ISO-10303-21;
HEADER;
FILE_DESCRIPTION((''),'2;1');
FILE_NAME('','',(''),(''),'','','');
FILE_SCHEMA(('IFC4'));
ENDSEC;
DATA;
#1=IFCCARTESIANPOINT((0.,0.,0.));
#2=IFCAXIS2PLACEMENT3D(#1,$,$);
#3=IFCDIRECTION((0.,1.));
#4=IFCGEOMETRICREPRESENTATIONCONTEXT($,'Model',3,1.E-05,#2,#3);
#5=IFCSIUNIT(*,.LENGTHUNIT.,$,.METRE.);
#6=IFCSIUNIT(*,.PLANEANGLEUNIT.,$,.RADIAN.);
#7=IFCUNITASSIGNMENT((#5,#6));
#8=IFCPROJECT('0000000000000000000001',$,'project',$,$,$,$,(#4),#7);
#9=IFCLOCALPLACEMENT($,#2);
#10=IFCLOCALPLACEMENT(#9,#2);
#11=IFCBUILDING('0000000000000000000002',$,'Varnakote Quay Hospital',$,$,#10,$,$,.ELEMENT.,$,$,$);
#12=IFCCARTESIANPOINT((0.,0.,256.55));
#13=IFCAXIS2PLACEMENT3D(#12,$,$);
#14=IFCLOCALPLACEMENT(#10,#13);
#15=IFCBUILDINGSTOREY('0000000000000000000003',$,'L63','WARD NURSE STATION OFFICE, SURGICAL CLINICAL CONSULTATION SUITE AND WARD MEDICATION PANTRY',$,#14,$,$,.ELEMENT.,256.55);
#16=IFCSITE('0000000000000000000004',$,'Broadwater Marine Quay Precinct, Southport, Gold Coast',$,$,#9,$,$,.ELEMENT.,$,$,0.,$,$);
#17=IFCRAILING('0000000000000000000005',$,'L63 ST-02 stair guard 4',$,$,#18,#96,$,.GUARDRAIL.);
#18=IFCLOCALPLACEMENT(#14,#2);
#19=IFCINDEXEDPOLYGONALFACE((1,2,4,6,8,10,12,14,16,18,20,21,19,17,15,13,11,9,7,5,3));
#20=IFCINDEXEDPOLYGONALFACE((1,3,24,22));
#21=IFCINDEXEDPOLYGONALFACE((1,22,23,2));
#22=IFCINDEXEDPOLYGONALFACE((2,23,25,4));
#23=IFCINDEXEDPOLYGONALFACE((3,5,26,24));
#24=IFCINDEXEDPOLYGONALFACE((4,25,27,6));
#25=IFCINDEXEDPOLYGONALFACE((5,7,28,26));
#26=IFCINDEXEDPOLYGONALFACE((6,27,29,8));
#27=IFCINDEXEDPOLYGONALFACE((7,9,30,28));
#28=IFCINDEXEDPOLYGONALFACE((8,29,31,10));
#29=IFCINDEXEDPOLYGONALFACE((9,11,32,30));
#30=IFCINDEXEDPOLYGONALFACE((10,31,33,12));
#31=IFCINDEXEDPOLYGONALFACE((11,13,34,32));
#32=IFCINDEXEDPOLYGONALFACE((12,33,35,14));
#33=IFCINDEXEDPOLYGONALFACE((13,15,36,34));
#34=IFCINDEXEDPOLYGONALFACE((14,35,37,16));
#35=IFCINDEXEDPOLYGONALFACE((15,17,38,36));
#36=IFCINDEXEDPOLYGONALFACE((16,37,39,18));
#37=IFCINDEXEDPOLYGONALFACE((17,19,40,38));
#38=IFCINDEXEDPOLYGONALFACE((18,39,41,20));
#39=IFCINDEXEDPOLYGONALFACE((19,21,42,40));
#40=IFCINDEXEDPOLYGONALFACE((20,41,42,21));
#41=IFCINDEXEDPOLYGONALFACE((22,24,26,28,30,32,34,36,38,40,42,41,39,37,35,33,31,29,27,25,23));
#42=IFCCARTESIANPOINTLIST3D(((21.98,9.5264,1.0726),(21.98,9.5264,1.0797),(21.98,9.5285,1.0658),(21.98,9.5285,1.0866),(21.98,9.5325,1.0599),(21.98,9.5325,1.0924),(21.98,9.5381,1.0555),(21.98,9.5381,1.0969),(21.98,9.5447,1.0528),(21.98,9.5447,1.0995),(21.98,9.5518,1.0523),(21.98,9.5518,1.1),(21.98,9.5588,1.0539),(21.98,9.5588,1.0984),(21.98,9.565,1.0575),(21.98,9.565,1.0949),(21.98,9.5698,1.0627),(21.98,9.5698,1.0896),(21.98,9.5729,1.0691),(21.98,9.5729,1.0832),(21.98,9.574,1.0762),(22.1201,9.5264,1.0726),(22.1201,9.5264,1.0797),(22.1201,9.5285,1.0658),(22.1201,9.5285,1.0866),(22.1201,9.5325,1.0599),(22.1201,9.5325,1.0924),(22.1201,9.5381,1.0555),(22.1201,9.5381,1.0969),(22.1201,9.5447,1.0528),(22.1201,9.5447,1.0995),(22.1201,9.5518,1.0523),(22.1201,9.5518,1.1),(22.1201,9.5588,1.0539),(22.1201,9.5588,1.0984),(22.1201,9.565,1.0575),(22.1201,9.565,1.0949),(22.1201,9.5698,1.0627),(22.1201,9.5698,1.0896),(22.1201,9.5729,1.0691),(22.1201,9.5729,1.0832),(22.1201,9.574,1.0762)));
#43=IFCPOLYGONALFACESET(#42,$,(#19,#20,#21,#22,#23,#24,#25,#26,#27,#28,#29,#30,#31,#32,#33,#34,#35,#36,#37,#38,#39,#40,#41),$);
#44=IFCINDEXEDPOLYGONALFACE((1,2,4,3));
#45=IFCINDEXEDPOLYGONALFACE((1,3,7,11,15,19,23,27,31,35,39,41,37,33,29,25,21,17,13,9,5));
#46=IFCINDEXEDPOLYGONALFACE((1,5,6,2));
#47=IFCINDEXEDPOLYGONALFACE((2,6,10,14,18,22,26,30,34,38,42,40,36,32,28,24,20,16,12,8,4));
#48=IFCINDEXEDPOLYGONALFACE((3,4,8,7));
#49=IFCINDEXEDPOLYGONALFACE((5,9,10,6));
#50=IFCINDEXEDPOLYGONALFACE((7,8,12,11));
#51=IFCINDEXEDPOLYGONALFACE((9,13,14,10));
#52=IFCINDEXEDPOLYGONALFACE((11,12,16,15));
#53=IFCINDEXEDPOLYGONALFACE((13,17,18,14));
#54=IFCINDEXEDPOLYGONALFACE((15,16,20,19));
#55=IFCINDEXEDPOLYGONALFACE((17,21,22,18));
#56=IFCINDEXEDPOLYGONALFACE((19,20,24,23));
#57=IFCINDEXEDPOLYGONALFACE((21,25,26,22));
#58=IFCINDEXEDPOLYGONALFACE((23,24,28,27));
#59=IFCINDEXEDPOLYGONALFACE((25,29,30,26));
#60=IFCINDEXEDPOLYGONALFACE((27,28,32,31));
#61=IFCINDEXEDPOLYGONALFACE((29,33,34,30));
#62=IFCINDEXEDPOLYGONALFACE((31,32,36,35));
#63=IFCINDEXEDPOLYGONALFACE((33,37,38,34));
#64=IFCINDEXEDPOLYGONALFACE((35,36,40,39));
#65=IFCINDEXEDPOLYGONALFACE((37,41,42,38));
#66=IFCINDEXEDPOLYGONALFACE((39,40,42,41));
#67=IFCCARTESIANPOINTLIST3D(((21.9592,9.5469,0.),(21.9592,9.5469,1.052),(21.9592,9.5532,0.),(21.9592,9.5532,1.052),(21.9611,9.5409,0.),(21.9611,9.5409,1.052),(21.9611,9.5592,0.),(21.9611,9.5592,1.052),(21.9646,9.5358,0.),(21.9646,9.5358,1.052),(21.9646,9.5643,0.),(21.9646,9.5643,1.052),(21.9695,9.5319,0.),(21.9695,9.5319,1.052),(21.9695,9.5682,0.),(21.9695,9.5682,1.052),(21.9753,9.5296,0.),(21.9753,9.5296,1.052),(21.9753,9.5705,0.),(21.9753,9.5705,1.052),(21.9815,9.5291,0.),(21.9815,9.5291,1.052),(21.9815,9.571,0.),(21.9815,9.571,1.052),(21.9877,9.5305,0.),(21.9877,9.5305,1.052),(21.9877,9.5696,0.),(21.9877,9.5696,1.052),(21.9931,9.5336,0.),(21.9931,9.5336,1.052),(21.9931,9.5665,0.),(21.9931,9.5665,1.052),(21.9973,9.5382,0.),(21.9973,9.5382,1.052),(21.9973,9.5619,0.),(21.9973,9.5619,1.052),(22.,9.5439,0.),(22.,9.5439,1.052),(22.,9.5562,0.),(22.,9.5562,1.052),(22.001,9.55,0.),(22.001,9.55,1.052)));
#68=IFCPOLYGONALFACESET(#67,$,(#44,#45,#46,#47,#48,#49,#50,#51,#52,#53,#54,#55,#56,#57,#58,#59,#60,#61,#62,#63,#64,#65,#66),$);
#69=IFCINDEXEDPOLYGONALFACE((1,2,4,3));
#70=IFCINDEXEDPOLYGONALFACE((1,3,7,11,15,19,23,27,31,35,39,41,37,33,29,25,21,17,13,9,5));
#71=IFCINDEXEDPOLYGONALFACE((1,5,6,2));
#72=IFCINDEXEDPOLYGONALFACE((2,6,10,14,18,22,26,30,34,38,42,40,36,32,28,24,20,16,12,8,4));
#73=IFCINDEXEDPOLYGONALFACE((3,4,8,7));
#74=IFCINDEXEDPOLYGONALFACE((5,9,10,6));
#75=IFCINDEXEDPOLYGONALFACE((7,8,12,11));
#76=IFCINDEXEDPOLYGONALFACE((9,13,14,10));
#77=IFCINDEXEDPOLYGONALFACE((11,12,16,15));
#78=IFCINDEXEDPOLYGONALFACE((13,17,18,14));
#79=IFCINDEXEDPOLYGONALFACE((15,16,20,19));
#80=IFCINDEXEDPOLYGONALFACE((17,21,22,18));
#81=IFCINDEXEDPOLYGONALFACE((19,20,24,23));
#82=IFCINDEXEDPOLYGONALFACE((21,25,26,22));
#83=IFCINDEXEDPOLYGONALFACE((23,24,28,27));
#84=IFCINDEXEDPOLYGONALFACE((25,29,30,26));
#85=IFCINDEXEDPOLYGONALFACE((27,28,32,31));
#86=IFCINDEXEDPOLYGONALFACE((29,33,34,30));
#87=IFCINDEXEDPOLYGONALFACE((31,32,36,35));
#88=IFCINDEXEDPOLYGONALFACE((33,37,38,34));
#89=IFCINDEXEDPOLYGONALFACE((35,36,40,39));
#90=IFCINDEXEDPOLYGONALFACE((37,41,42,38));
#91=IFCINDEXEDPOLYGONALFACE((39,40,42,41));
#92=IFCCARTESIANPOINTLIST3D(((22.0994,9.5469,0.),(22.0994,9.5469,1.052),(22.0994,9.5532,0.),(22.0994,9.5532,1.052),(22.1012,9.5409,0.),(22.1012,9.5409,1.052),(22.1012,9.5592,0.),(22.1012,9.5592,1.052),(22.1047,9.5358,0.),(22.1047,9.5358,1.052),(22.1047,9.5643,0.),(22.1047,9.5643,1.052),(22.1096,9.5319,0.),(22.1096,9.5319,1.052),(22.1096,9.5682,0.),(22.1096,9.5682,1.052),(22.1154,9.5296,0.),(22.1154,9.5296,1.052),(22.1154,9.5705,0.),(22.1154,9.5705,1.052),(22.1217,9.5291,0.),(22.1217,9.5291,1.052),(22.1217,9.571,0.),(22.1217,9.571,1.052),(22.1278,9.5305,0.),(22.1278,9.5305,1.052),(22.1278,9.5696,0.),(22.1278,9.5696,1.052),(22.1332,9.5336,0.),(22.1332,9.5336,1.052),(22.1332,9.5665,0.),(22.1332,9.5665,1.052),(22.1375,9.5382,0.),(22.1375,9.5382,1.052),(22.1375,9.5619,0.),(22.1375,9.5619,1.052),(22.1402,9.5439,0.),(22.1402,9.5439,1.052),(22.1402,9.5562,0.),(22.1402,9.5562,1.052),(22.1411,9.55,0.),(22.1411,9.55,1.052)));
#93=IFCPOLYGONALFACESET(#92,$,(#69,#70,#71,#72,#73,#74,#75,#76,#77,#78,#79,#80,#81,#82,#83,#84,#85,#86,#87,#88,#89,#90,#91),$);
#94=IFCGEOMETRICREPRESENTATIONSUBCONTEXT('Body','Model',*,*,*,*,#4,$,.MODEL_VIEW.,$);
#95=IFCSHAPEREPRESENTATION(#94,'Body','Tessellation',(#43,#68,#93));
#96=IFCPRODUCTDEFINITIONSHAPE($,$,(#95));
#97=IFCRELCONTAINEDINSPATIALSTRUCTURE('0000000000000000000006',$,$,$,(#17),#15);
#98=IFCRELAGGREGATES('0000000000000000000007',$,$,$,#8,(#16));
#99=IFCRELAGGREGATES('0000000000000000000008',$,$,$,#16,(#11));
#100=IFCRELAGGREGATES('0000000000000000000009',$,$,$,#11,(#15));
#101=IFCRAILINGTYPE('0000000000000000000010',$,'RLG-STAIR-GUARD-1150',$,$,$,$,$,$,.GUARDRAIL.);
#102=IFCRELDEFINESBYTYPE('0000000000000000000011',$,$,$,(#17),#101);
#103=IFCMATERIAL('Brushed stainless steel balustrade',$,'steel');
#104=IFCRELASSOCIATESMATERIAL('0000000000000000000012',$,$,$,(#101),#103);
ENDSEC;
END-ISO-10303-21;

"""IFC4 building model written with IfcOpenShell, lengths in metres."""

from ifc_helpers import new_model, si_unit, direction, frame, origin, origin_2d, place, context, subcontext, project, spatial, circle, extrude, material, type_object, element, save


model = new_model("IFC4")

# Units and contexts
model_context = context("Model", 3, precision=1e-05, world=origin(), true_north=direction((0.0, 1.0)))
body_context = subcontext(model_context, "Body", "Model", "MODEL_VIEW")
ifc_project = project(units=[si_unit("LENGTHUNIT", "METRE"), si_unit("PLANEANGLEUNIT", "RADIAN")], contexts=[model_context])

# Site, building, storey
site_placement = place(None, origin())
site = spatial("IfcSite", under=ifc_project, at=site_placement, Name="Broadwater Marine Quay Precinct, Southport, Gold Coast", CompositionType="ELEMENT", RefElevation=0.0)
building_placement = place(site_placement, origin())
building = spatial("IfcBuilding", under=site, at=building_placement, Name="Varnakote Quay Hospital", CompositionType="ELEMENT")
storey_placement = place(building_placement, frame((0.0, 0.0, 256.55)))
storey = spatial("IfcBuildingStorey", under=building, at=storey_placement, Name="L63", Description="WARD NURSE STATION OFFICE, SURGICAL CLINICAL CONSULTATION SUITE AND WARD MEDICATION PANTRY", CompositionType="ELEMENT", Elevation=256.55)

# Railing
ifc_material_1 = material(Name="Brushed stainless steel balustrade", Category="steel")
railing_type_1 = type_object("IfcRailingType", Name="RLG-STAIR-GUARD-1150", PredefinedType="GUARDRAIL", material=ifc_material_1)
railing_1_placement = place(storey_placement, frame((21.98, 9.55, 0.0)))
element("IfcRailing", 1, at=railing_1_placement, inside=storey, type_object=railing_type_1, Name="L63 ST-02 stair guard 4", PredefinedType="GUARDRAIL", context=body_context, shape_type="SweptSolid", body=[
    extrude(circle(Radius=0.0239, at=origin_2d()), frame((0.0, 0.0, 1.0762), z_axis=(1.0, 0.0, 0.0), x_axis=(0.0, 1.0, 0.0)), (0.0, 0.0, 1.0), 0.1401),
    extrude(circle(Radius=0.021, at=origin_2d()), origin(), (0.0, 0.0, 1.0), 1.052),
    extrude(circle(Radius=0.021, at=origin_2d()), frame((0.1401, 0.0, 0.0)), (0.0, 0.0, 1.0), 1.052),
])

save(model, "model.ifc")
